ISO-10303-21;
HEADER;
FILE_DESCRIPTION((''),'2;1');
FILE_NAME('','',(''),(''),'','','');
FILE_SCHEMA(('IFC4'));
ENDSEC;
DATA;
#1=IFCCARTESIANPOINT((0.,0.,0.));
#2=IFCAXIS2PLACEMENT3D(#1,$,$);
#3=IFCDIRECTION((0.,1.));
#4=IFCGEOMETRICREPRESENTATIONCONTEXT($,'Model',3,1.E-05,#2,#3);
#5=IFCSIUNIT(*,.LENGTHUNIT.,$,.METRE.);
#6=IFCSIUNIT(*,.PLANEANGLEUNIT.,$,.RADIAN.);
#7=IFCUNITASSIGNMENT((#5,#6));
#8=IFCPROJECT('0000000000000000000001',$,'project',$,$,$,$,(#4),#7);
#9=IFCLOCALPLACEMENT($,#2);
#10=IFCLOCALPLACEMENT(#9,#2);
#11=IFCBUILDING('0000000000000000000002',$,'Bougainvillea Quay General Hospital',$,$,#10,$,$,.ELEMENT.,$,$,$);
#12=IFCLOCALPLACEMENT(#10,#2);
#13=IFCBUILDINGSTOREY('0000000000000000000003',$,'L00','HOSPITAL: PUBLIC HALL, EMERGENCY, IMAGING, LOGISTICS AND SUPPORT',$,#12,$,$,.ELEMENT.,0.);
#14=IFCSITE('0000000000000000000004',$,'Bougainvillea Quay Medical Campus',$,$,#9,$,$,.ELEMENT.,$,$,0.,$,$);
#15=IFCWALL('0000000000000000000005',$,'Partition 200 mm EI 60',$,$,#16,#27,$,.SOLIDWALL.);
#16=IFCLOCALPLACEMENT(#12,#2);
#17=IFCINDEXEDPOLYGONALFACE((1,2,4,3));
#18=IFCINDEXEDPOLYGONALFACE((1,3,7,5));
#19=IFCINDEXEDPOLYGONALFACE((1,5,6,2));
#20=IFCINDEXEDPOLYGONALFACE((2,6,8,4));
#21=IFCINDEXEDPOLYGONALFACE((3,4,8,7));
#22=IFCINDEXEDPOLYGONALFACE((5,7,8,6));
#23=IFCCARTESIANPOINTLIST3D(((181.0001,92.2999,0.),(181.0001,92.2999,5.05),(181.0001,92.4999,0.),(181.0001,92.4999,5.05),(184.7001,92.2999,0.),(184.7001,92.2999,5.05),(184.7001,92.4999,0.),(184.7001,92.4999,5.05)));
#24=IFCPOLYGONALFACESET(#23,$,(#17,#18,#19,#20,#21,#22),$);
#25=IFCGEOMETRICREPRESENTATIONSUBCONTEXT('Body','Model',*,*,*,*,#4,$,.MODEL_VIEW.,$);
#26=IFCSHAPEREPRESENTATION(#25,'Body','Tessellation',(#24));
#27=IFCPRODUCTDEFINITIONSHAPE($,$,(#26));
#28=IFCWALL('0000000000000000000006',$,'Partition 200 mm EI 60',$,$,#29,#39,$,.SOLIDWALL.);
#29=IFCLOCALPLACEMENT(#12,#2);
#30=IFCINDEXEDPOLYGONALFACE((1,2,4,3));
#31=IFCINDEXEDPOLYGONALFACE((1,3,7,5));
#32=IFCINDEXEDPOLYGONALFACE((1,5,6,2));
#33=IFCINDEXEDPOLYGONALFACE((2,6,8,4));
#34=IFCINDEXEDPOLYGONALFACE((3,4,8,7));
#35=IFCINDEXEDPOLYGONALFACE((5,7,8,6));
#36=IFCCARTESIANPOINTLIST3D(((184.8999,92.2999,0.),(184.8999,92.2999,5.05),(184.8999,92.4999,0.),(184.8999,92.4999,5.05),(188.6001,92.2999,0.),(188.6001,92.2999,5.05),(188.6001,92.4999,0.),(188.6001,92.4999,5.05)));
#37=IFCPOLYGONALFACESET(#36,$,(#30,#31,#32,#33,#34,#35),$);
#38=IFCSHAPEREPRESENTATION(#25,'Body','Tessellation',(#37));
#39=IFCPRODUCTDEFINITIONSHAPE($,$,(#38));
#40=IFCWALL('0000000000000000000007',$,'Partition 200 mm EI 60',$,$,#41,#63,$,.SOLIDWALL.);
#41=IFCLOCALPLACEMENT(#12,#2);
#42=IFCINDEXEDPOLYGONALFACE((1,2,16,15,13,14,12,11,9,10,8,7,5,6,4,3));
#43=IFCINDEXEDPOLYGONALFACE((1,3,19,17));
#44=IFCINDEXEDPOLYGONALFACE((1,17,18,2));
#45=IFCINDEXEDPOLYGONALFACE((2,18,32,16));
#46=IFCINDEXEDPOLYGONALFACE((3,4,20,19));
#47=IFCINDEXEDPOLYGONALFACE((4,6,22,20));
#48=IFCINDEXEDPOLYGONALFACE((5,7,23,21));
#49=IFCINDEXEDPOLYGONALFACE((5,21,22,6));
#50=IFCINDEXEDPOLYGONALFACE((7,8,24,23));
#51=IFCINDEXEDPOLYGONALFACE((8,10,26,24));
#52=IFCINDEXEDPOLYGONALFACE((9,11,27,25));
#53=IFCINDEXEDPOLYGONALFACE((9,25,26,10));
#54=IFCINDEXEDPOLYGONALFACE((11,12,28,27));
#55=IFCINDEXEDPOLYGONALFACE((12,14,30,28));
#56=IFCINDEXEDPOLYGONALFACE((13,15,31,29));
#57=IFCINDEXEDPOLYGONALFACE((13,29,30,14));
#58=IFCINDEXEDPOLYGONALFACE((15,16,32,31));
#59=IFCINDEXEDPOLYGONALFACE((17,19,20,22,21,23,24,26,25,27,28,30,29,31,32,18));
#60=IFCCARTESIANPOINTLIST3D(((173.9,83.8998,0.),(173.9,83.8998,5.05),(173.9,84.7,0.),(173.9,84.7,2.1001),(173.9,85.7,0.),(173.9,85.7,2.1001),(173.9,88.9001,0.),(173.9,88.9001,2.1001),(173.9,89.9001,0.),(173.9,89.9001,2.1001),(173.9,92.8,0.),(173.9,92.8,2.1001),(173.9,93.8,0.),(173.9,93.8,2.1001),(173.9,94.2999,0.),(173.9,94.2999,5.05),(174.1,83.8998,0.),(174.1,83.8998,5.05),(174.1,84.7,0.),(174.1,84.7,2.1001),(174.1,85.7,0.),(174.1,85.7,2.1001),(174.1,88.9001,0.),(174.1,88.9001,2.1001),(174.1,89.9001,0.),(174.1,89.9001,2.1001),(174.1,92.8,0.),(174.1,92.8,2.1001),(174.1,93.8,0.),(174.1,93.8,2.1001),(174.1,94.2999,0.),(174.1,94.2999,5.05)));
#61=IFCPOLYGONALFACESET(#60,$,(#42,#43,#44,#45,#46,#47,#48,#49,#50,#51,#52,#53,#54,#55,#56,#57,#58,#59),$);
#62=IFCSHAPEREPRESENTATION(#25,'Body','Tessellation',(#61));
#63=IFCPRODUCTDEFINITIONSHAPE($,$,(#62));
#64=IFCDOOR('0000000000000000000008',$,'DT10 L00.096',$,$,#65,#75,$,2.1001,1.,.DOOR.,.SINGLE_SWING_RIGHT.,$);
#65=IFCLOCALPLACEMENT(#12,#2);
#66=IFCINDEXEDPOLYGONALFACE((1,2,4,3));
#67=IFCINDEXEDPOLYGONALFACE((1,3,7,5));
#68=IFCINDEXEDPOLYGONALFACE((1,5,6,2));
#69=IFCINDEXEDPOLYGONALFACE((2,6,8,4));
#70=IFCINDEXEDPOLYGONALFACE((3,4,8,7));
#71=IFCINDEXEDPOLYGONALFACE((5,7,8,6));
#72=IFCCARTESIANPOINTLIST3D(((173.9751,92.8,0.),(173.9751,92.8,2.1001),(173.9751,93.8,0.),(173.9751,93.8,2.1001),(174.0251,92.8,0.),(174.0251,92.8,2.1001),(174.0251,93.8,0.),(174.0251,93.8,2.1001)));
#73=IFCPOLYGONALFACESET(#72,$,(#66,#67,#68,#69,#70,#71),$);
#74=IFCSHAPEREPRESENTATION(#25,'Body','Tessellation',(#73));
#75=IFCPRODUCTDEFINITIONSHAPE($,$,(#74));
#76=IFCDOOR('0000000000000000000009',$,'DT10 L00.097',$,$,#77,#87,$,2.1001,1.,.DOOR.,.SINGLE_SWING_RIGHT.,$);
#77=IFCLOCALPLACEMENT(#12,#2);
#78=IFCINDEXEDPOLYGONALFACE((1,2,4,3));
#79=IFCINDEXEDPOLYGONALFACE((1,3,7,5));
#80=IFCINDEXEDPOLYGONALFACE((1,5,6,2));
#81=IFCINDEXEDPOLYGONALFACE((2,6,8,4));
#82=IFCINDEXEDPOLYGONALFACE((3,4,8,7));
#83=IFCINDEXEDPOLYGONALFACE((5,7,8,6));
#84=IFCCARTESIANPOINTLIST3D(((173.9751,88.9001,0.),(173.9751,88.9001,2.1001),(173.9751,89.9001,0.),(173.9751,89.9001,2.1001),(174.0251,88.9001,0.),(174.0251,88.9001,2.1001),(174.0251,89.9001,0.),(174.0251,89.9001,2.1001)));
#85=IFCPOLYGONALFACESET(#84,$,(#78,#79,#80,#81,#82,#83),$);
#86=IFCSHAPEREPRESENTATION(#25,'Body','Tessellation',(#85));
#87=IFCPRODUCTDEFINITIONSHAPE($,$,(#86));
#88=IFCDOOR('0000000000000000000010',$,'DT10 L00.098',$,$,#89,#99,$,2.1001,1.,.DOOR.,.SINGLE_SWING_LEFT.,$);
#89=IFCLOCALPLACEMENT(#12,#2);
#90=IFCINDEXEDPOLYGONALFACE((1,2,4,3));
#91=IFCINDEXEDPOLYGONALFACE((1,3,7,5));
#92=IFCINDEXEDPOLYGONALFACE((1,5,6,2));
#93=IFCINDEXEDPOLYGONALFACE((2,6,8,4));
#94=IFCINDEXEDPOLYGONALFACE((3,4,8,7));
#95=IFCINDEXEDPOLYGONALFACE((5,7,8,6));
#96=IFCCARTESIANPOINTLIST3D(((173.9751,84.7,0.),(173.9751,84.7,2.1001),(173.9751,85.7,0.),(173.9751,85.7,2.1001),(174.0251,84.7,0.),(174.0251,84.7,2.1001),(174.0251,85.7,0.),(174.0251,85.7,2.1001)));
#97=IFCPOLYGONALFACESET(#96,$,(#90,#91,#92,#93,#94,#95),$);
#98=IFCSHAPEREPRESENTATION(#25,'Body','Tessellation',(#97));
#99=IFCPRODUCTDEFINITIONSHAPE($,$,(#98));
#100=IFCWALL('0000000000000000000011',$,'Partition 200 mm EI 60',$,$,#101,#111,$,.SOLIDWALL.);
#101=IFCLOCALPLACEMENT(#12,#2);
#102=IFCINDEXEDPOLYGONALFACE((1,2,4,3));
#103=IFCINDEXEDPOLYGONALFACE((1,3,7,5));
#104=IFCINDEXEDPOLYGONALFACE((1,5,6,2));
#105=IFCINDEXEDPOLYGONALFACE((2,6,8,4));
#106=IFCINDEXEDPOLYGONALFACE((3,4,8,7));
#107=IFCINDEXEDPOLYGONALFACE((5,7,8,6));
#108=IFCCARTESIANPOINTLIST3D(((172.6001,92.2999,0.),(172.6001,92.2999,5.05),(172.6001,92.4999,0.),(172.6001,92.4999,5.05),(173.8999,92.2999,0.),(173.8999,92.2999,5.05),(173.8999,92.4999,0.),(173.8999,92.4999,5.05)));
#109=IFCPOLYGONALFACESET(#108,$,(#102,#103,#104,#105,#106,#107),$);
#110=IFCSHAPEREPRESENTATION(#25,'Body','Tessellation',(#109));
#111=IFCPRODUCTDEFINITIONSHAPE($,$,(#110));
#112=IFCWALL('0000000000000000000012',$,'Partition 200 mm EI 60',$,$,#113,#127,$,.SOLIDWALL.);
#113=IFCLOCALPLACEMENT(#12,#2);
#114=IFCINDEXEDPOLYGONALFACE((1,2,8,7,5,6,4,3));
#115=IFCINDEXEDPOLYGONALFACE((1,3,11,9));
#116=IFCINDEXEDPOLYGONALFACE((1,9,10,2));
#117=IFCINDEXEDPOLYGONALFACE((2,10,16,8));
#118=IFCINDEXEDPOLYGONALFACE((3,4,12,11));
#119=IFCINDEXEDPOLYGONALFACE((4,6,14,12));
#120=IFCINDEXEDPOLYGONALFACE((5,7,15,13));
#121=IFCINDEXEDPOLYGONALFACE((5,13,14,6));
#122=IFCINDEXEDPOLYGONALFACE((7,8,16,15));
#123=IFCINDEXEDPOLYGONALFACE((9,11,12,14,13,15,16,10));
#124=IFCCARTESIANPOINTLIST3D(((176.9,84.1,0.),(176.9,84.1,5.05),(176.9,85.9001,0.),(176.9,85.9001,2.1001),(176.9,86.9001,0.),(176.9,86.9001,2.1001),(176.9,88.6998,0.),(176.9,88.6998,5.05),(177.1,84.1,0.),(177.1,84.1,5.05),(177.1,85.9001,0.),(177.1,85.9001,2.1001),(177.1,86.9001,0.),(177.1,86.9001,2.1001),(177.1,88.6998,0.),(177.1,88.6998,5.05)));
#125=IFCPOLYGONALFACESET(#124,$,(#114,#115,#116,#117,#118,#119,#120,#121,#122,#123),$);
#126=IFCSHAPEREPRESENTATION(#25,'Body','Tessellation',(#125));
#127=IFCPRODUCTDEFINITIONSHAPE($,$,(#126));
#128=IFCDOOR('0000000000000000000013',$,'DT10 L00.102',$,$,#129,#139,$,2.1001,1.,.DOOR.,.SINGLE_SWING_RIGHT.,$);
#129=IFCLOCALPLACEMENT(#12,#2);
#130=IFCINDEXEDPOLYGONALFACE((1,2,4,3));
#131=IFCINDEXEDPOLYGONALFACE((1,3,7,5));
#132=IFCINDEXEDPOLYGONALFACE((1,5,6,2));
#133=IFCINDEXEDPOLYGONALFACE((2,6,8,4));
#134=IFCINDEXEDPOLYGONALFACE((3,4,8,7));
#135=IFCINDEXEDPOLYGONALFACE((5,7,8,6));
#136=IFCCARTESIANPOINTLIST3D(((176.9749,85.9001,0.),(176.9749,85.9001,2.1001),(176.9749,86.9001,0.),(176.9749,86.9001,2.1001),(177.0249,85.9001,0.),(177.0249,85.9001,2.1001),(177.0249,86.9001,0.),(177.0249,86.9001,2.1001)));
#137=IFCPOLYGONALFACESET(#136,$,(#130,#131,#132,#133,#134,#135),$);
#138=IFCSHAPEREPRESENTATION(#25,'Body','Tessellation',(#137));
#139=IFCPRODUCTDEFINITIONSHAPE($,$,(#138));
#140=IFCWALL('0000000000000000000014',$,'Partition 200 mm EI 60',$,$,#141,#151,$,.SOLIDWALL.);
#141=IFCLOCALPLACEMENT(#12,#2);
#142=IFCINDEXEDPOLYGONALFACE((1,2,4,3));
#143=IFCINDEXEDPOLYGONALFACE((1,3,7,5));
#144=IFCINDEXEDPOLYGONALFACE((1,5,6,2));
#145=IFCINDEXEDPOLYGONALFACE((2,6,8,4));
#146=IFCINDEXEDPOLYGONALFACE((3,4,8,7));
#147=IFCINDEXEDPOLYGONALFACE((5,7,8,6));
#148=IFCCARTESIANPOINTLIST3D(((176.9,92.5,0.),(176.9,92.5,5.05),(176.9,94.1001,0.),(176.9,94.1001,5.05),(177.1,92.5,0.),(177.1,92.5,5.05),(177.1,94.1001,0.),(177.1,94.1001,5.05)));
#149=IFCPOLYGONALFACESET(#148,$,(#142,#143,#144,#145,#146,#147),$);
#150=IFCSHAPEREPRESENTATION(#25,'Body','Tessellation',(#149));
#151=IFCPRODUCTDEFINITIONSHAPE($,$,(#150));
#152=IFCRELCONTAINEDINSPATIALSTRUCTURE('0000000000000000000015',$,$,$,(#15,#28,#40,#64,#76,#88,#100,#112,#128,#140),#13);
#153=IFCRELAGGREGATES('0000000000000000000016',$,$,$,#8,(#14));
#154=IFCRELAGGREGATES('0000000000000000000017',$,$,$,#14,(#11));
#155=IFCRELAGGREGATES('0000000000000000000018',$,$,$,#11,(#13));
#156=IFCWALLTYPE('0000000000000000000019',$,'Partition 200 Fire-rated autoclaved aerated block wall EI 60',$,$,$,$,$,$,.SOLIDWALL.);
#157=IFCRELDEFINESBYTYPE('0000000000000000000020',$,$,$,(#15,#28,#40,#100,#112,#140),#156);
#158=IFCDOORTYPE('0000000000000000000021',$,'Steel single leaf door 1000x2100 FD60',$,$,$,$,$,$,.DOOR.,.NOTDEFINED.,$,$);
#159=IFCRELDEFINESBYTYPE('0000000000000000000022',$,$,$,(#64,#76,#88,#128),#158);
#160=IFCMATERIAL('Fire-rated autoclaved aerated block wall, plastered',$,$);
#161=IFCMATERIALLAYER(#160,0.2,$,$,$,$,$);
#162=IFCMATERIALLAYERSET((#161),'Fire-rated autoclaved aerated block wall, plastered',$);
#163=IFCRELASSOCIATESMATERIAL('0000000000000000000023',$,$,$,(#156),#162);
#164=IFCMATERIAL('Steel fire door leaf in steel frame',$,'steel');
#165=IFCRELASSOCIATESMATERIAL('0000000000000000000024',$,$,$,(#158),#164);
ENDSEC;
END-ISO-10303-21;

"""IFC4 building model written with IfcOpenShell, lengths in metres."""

from ifc_helpers import new_model, si_unit, direction, frame, frame_2d, origin, place, context, subcontext, project, spatial, rectangle, extrude, material, layer, layer_set, type_object, element, fill, save


model = new_model("IFC4")

# Units and contexts
model_context = context("Model", 3, precision=1e-05, world=origin(), true_north=direction((0.0, 1.0)))
body_context = subcontext(model_context, "Body", "Model", "MODEL_VIEW")
ifc_project = project(units=[si_unit("LENGTHUNIT", "METRE"), si_unit("PLANEANGLEUNIT", "RADIAN")], contexts=[model_context])

# Site, building, storey
site_placement = place(None, origin())
site = spatial("IfcSite", under=ifc_project, at=site_placement, Name="Bougainvillea Quay Medical Campus", CompositionType="ELEMENT", RefElevation=0.0)
building_placement = place(site_placement, origin())
building = spatial("IfcBuilding", under=site, at=building_placement, Name="Bougainvillea Quay General Hospital", CompositionType="ELEMENT")
storey_placement = place(building_placement, origin())
storey = spatial("IfcBuildingStorey", under=building, at=storey_placement, Name="L00", Description="HOSPITAL: PUBLIC HALL, EMERGENCY, IMAGING, LOGISTICS AND SUPPORT", CompositionType="ELEMENT", Elevation=0.0)

# Shared definitions
ifc_material_1 = material(Name="Fire-rated autoclaved aerated block wall, plastered")
ifc_material_2 = material(Name="Steel fire door leaf in steel frame", Category="steel")

# Shared definitions
ifc_layer_1 = layer(ifc_material_1, 0.2)
ifc_layer_set_1 = layer_set([ifc_layer_1], Name="Fire-rated autoclaved aerated block wall, plastered")
wall_type_1 = type_object("IfcWallType", Name="Partition 200 Fire-rated autoclaved aerated block wall EI 60", PredefinedType="SOLIDWALL", material=ifc_layer_set_1)
door_type_1 = type_object("IfcDoorType", Name="Steel single leaf door 1000x2100 FD60", OperationType="NOTDEFINED", PredefinedType="DOOR", material=ifc_material_2)

# Walls
wall_1_placement = place(storey_placement, frame((181.0, 92.3999, 0.0), z_axis=(0.0, 0.0, 1.0), x_axis=(1.0, 0.0, 0.0)))
element("IfcWall", 1, at=wall_1_placement, inside=storey, type_object=wall_type_1, Name="Partition 200 mm EI 60", PredefinedType="SOLIDWALL", context=body_context, shape_type="SweptSolid", body=[
    extrude(rectangle(XDim=3.7, YDim=0.2, at=frame_2d((1.8501, 0.0))), origin(), (0.0, 0.0, 1.0), 5.05),
])
wall_2_placement = place(storey_placement, frame((184.8999, 92.3999, 0.0), z_axis=(0.0, 0.0, 1.0), x_axis=(1.0, 0.0, 0.0)))
element("IfcWall", 2, at=wall_2_placement, inside=storey, type_object=wall_type_1, Name="Partition 200 mm EI 60", PredefinedType="SOLIDWALL", context=body_context, shape_type="SweptSolid", body=[
    extrude(rectangle(XDim=3.7002, YDim=0.2, at=frame_2d((1.8501, 0.0))), origin(), (0.0, 0.0, 1.0), 5.05),
])

# Wall, openings, doors
wall_3_placement = place(storey_placement, frame((174.0, 94.3, 0.0), z_axis=(0.0, 0.0, 1.0), x_axis=(0.0, -1.0, 0.0)))
wall_3 = element("IfcWall", 3, at=wall_3_placement, inside=storey, type_object=wall_type_1, Name="Partition 200 mm EI 60", PredefinedType="SOLIDWALL", context=body_context, shape_type="SweptSolid", body=[
    extrude(rectangle(XDim=10.4001, YDim=0.2, at=frame_2d((5.2002, 0.0))), origin(), (0.0, 0.0, 1.0), 5.05),
])
opening_1_placement = place(wall_3_placement, frame((0.5, 0.0, 0.0)))
opening_1 = element("IfcOpeningElement", 4, at=opening_1_placement, cuts=wall_3, PredefinedType="OPENING", context=body_context, shape_type="SweptSolid", body=[
    extrude(rectangle(XDim=1.0, YDim=2.1001, at=frame_2d((0.5, 1.05))), frame((0.0, 0.1099, 0.0), z_axis=(0.0, -1.0, 0.0), x_axis=(1.0, 0.0, 0.0)), (0.0, 0.0, 1.0), 0.22),
])
opening_2_placement = place(wall_3_placement, frame((4.3999, 0.0, 0.0)))
opening_2 = element("IfcOpeningElement", 5, at=opening_2_placement, cuts=wall_3, PredefinedType="OPENING", context=body_context, shape_type="SweptSolid", body=[
    extrude(rectangle(XDim=1.0, YDim=2.1001, at=frame_2d((0.5, 1.05))), frame((0.0, 0.1099, 0.0), z_axis=(0.0, -1.0, 0.0), x_axis=(1.0, 0.0, 0.0)), (0.0, 0.0, 1.0), 0.22),
])
opening_3_placement = place(wall_3_placement, frame((8.6001, 0.0, 0.0)))
opening_3 = element("IfcOpeningElement", 6, at=opening_3_placement, cuts=wall_3, PredefinedType="OPENING", context=body_context, shape_type="SweptSolid", body=[
    extrude(rectangle(XDim=1.0, YDim=2.1001, at=frame_2d((0.5, 1.05))), frame((0.0, 0.1099, 0.0), z_axis=(0.0, -1.0, 0.0), x_axis=(1.0, 0.0, 0.0)), (0.0, 0.0, 1.0), 0.22),
])
door_1_placement = place(opening_1_placement, frame((1.0, 0.0, 0.0), z_axis=(0.0, 0.0, 1.0), x_axis=(-1.0, 0.0, 0.0)))
door_1 = element("IfcDoor", 7, at=door_1_placement, inside=storey, type_object=door_type_1, Name="DT10 L00.096", OperationType="SINGLE_SWING_RIGHT", OverallHeight=2.1001, OverallWidth=1.0, PredefinedType="DOOR", context=body_context, shape_type="SweptSolid", body=[
    extrude(rectangle(XDim=1.0, YDim=2.1001, at=frame_2d((0.5, 1.05))), frame((0.0, 0.0249, 0.0), z_axis=(0.0, -1.0, 0.0), x_axis=(1.0, 0.0, 0.0)), (0.0, 0.0, 1.0), 0.05),
])
fill(opening_1, door_1)
door_2_placement = place(opening_2_placement, frame((1.0, 0.0, 0.0), z_axis=(0.0, 0.0, 1.0), x_axis=(-1.0, 0.0, 0.0)))
door_2 = element("IfcDoor", 8, at=door_2_placement, inside=storey, type_object=door_type_1, Name="DT10 L00.097", OperationType="SINGLE_SWING_RIGHT", OverallHeight=2.1001, OverallWidth=1.0, PredefinedType="DOOR", context=body_context, shape_type="SweptSolid", body=[
    extrude(rectangle(XDim=1.0, YDim=2.1001, at=frame_2d((0.5, 1.05))), frame((0.0, 0.0249, 0.0), z_axis=(0.0, -1.0, 0.0), x_axis=(1.0, 0.0, 0.0)), (0.0, 0.0, 1.0), 0.05),
])
fill(opening_2, door_2)
door_3_placement = place(opening_3_placement, frame((1.0, 0.0, 0.0), z_axis=(0.0, 0.0, 1.0), x_axis=(-1.0, 0.0, 0.0)))
door_3 = element("IfcDoor", 9, at=door_3_placement, inside=storey, type_object=door_type_1, Name="DT10 L00.098", OperationType="SINGLE_SWING_LEFT", OverallHeight=2.1001, OverallWidth=1.0, PredefinedType="DOOR", context=body_context, shape_type="SweptSolid", body=[
    extrude(rectangle(XDim=1.0, YDim=2.1001, at=frame_2d((0.5, 1.05))), frame((0.0, 0.0249, 0.0), z_axis=(0.0, -1.0, 0.0), x_axis=(1.0, 0.0, 0.0)), (0.0, 0.0, 1.0), 0.05),
])
fill(opening_3, door_3)

# Wall
wall_4_placement = place(storey_placement, frame((172.6001, 92.3999, 0.0), z_axis=(0.0, 0.0, 1.0), x_axis=(1.0, 0.0, 0.0)))
element("IfcWall", 10, at=wall_4_placement, inside=storey, type_object=wall_type_1, Name="Partition 200 mm EI 60", PredefinedType="SOLIDWALL", context=body_context, shape_type="SweptSolid", body=[
    extrude(rectangle(XDim=1.2998, YDim=0.2, at=frame_2d((0.6499, 0.0))), origin(), (0.0, 0.0, 1.0), 5.05),
])

# Wall, opening, door
wall_5_placement = place(storey_placement, frame((177.0, 84.1001, 0.0), z_axis=(0.0, 0.0, 1.0), x_axis=(0.0, 1.0, 0.0)))
wall_5 = element("IfcWall", 11, at=wall_5_placement, inside=storey, type_object=wall_type_1, Name="Partition 200 mm EI 60", PredefinedType="SOLIDWALL", context=body_context, shape_type="SweptSolid", body=[
    extrude(rectangle(XDim=4.5999, YDim=0.2, at=frame_2d((2.2998, 0.0))), origin(), (0.0, 0.0, 1.0), 5.05),
])
opening_4_placement = place(wall_5_placement, frame((1.8, 0.0, 0.0)))
opening_4 = element("IfcOpeningElement", 12, at=opening_4_placement, cuts=wall_5, PredefinedType="OPENING", context=body_context, shape_type="SweptSolid", body=[
    extrude(rectangle(XDim=1.0, YDim=2.1001, at=frame_2d((0.5, 1.05))), frame((0.0, 0.1099, 0.0), z_axis=(0.0, -1.0, 0.0), x_axis=(1.0, 0.0, 0.0)), (0.0, 0.0, 1.0), 0.22),
])
door_4_placement = place(opening_4_placement, frame((1.0, 0.0, 0.0), z_axis=(0.0, 0.0, 1.0), x_axis=(-1.0, 0.0, 0.0)))
door_4 = element("IfcDoor", 13, at=door_4_placement, inside=storey, type_object=door_type_1, Name="DT10 L00.102", OperationType="SINGLE_SWING_RIGHT", OverallHeight=2.1001, OverallWidth=1.0, PredefinedType="DOOR", context=body_context, shape_type="SweptSolid", body=[
    extrude(rectangle(XDim=1.0, YDim=2.1001, at=frame_2d((0.5, 1.05))), frame((0.0, 0.0249, 0.0), z_axis=(0.0, -1.0, 0.0), x_axis=(1.0, 0.0, 0.0)), (0.0, 0.0, 1.0), 0.05),
])
fill(opening_4, door_4)

# Wall
wall_6_placement = place(storey_placement, frame((177.0, 92.5, 0.0), z_axis=(0.0, 0.0, 1.0), x_axis=(0.0, 1.0, 0.0)))
element("IfcWall", 14, at=wall_6_placement, inside=storey, type_object=wall_type_1, Name="Partition 200 mm EI 60", PredefinedType="SOLIDWALL", context=body_context, shape_type="SweptSolid", body=[
    extrude(rectangle(XDim=1.6001, YDim=0.2, at=frame_2d((0.8, 0.0))), origin(), (0.0, 0.0, 1.0), 5.05),
])

save(model, "model.ifc")
